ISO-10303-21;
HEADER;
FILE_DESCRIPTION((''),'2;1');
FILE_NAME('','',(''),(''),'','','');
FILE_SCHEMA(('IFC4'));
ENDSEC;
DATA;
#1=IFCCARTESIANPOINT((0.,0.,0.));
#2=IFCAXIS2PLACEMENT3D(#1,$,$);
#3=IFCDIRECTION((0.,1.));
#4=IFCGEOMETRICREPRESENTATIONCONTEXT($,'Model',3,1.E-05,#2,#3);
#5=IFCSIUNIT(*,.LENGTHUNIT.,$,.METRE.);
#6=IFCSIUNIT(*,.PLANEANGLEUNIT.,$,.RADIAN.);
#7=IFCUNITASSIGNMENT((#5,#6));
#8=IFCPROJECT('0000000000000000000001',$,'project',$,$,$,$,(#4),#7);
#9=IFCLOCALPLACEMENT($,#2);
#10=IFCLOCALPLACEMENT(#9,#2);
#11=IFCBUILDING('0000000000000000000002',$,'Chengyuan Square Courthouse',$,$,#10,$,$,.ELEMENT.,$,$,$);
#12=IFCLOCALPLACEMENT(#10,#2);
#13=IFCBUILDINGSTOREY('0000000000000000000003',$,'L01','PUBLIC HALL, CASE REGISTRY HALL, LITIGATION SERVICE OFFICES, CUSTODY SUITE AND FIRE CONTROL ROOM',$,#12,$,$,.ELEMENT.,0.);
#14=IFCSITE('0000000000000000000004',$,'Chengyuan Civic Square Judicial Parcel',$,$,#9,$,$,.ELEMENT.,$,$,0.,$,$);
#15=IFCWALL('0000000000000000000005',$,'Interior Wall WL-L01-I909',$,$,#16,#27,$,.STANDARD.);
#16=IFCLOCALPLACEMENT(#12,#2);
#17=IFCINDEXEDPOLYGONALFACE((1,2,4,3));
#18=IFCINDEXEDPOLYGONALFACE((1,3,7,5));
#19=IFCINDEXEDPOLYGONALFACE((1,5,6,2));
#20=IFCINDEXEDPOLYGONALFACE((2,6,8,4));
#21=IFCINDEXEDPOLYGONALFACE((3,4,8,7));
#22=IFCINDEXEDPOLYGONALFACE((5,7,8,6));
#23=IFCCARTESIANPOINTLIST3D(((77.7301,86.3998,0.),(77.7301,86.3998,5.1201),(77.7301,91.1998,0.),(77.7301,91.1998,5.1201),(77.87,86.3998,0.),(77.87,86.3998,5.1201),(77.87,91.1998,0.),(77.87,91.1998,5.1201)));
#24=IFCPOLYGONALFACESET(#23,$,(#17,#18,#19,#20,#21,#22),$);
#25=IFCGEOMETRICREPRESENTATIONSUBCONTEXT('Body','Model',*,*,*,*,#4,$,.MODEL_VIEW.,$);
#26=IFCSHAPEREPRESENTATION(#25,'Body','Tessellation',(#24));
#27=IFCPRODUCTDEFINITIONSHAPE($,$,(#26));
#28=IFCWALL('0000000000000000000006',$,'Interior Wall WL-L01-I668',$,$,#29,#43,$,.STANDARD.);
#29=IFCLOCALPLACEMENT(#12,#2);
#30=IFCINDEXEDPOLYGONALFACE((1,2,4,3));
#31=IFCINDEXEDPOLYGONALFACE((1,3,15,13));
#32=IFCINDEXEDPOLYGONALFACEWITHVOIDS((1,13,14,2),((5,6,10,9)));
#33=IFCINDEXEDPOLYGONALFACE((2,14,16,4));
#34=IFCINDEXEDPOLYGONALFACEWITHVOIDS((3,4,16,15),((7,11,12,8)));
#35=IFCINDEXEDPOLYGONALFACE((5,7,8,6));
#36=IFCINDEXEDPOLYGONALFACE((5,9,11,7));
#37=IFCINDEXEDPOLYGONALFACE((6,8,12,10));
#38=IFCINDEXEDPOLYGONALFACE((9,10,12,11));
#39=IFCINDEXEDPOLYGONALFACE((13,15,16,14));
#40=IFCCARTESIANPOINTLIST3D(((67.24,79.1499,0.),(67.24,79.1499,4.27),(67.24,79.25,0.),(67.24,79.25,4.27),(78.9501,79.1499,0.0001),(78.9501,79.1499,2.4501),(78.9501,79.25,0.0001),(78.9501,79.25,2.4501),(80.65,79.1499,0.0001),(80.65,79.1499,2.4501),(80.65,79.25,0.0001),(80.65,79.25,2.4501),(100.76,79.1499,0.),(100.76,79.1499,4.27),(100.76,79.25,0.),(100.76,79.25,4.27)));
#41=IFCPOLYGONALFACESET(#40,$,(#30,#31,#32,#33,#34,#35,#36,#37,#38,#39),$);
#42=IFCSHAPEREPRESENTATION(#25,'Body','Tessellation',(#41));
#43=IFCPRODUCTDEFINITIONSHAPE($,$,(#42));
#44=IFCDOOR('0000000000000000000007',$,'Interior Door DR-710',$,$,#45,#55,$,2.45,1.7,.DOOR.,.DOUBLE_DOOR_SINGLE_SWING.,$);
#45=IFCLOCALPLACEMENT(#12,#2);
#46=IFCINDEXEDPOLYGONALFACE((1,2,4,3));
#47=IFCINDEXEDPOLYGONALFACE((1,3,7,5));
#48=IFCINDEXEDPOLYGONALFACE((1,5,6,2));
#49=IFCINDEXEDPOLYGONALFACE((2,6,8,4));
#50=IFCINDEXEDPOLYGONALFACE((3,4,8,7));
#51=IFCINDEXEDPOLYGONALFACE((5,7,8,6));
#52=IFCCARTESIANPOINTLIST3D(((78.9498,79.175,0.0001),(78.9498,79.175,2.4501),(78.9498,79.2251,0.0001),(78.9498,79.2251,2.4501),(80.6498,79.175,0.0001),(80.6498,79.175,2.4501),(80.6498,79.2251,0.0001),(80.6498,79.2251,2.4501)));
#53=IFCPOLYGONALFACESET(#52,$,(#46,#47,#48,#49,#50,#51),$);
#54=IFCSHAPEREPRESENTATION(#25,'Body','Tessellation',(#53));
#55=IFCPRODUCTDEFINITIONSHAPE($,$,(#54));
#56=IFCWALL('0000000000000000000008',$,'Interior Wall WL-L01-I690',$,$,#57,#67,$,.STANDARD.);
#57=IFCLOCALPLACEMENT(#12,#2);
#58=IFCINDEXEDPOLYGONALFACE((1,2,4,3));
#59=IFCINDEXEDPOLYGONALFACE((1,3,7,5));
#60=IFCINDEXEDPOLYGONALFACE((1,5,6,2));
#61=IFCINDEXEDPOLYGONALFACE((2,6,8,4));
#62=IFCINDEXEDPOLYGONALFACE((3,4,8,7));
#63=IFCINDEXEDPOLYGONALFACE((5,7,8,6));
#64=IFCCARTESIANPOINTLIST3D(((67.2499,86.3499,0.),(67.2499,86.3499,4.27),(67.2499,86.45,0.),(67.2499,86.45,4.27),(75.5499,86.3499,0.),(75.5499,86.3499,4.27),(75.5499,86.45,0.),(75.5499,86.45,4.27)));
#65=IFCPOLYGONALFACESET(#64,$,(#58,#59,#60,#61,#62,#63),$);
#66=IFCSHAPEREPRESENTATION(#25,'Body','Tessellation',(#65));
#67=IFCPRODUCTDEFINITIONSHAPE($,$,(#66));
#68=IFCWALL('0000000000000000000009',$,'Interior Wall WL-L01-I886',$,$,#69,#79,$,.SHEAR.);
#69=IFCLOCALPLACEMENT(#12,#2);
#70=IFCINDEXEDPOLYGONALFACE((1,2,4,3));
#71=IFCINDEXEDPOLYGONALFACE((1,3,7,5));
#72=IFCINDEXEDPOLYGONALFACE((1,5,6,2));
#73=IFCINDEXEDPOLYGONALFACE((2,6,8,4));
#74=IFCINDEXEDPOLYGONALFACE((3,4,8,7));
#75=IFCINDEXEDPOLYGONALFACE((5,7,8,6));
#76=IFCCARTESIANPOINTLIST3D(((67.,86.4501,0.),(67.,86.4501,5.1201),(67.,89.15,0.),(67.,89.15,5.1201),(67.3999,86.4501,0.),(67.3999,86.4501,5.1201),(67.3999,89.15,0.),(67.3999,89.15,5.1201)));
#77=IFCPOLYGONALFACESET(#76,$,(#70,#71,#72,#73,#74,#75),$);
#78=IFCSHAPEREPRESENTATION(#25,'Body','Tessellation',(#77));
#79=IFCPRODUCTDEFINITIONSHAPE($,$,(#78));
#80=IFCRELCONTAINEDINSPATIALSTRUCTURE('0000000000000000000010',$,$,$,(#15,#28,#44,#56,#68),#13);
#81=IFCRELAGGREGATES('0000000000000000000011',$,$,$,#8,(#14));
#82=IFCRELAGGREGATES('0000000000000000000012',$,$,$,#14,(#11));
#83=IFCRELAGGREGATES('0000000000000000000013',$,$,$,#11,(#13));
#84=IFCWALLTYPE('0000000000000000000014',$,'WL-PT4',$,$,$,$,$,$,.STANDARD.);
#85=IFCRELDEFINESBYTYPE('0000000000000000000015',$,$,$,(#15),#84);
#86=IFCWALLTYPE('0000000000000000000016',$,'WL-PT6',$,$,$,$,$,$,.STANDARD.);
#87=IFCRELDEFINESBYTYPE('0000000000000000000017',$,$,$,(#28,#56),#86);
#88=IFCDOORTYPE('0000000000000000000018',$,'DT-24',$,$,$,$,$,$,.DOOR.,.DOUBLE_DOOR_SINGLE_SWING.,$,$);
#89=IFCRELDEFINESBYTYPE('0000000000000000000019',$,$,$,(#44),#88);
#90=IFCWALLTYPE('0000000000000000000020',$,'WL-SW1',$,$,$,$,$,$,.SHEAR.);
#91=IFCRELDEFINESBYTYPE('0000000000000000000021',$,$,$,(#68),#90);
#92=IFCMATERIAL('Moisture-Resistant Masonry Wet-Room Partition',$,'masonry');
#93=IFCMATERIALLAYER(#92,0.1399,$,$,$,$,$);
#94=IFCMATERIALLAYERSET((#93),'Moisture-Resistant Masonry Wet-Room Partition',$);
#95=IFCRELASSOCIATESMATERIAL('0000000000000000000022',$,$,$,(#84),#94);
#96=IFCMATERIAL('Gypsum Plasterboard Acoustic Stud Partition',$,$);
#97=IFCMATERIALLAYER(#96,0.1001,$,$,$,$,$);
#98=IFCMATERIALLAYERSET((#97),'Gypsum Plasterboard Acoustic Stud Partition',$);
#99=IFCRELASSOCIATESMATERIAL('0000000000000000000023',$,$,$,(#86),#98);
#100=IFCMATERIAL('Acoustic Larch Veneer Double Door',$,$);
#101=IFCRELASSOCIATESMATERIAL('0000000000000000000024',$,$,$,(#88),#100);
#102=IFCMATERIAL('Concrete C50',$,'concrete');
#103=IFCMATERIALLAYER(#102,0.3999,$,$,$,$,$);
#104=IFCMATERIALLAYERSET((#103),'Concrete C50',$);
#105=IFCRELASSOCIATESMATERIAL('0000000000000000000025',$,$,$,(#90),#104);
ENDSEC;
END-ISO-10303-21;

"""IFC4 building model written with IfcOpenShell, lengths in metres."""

from ifc_helpers import new_model, si_unit, direction, frame, frame_2d, origin, place, context, subcontext, project, spatial, rectangle, extrude, material, layer, layer_set, type_object, element, fill, save


model = new_model("IFC4")

# Units and contexts
model_context = context("Model", 3, precision=1e-05, world=origin(), true_north=direction((0.0, 1.0)))
body_context = subcontext(model_context, "Body", "Model", "MODEL_VIEW")
ifc_project = project(units=[si_unit("LENGTHUNIT", "METRE"), si_unit("PLANEANGLEUNIT", "RADIAN")], contexts=[model_context])

# Site, building, storey
site_placement = place(None, origin())
site = spatial("IfcSite", under=ifc_project, at=site_placement, Name="Chengyuan Civic Square Judicial Parcel", CompositionType="ELEMENT", RefElevation=0.0)
building_placement = place(site_placement, origin())
building = spatial("IfcBuilding", under=site, at=building_placement, Name="Chengyuan Square Courthouse", CompositionType="ELEMENT")
storey_placement = place(building_placement, origin())
storey = spatial("IfcBuildingStorey", under=building, at=storey_placement, Name="L01", Description="PUBLIC HALL, CASE REGISTRY HALL, LITIGATION SERVICE OFFICES, CUSTODY SUITE AND FIRE CONTROL ROOM", CompositionType="ELEMENT", Elevation=0.0)

# Shared definitions
ifc_material_1 = material(Name="Concrete C50", Category="concrete")

# Wall
ifc_material_2 = material(Name="Moisture-Resistant Masonry Wet-Room Partition", Category="masonry")
ifc_layer_1 = layer(ifc_material_2, 0.1399)
ifc_layer_set_1 = layer_set([ifc_layer_1], Name="Moisture-Resistant Masonry Wet-Room Partition")
wall_type_1 = type_object("IfcWallType", Name="WL-PT4", PredefinedType="STANDARD", material=ifc_layer_set_1)
wall_1_placement = place(storey_placement, frame((77.8, 86.3999, 0.0), z_axis=(0.0, 0.0, 1.0), x_axis=(0.0, 1.0, 0.0)))
element("IfcWall", 1, at=wall_1_placement, inside=storey, type_object=wall_type_1, Name="Interior Wall WL-L01-I909", PredefinedType="STANDARD", context=body_context, shape_type="SweptSolid", body=[
    extrude(rectangle(XDim=4.8, YDim=0.1399, at=frame_2d((2.3999, 0.0))), origin(), (0.0, 0.0, 1.0), 5.1201),
])

# Wall, opening, door
ifc_material_3 = material(Name="Gypsum Plasterboard Acoustic Stud Partition")
ifc_layer_2 = layer(ifc_material_3, 0.1001)
ifc_layer_set_2 = layer_set([ifc_layer_2], Name="Gypsum Plasterboard Acoustic Stud Partition")
wall_type_2 = type_object("IfcWallType", Name="WL-PT6", PredefinedType="STANDARD", material=ifc_layer_set_2)
wall_2_placement = place(storey_placement, frame((67.24, 79.2, 0.0), z_axis=(0.0, 0.0, 1.0), x_axis=(1.0, 0.0, 0.0)))
wall_2 = element("IfcWall", 2, at=wall_2_placement, inside=storey, type_object=wall_type_2, Name="Interior Wall WL-L01-I668", PredefinedType="STANDARD", context=body_context, shape_type="SweptSolid", body=[
    extrude(rectangle(XDim=33.52, YDim=0.1001, at=frame_2d((16.76, 0.0))), origin(), (0.0, 0.0, 1.0), 4.27),
])
opening_placement = place(wall_2_placement, frame((11.71, 0.0, 0.0)))
opening = element("IfcOpeningElement", 3, at=opening_placement, cuts=wall_2, PredefinedType="OPENING", context=body_context, shape_type="SweptSolid", body=[
    extrude(rectangle(XDim=1.7, YDim=2.45, at=frame_2d((0.8501, 1.2251))), frame((0.0, 0.062, 0.0), z_axis=(0.0, -1.0, 0.0), x_axis=(1.0, 0.0, 0.0)), (0.0, 0.0, 1.0), 0.124),
])
ifc_material_4 = material(Name="Acoustic Larch Veneer Double Door")
door_type = type_object("IfcDoorType", Name="DT-24", OperationType="DOUBLE_DOOR_SINGLE_SWING", PredefinedType="DOOR", material=ifc_material_4)
door_placement = place(opening_placement, frame((1.7, 0.0, 0.0), z_axis=(0.0, 0.0, 1.0), x_axis=(-1.0, 0.0, 0.0)))
door = element("IfcDoor", 4, at=door_placement, inside=storey, type_object=door_type, Name="Interior Door DR-710", OperationType="DOUBLE_DOOR_SINGLE_SWING", OverallHeight=2.45, OverallWidth=1.7, PredefinedType="DOOR", context=body_context, shape_type="SweptSolid", body=[
    extrude(rectangle(XDim=1.7, YDim=2.45, at=frame_2d((0.8501, 1.2251))), frame((0.0, 0.0249, 0.0), z_axis=(0.0, -1.0, 0.0), x_axis=(1.0, 0.0, 0.0)), (0.0, 0.0, 1.0), 0.05),
])
fill(opening, door)

# Walls
wall_3_placement = place(storey_placement, frame((67.25, 86.3999, 0.0), z_axis=(0.0, 0.0, 1.0), x_axis=(1.0, 0.0, 0.0)))
element("IfcWall", 5, at=wall_3_placement, inside=storey, type_object=wall_type_2, Name="Interior Wall WL-L01-I690", PredefinedType="STANDARD", context=body_context, shape_type="SweptSolid", body=[
    extrude(rectangle(XDim=8.3, YDim=0.1001, at=frame_2d((4.1499, 0.0))), origin(), (0.0, 0.0, 1.0), 4.27),
])
ifc_layer_3 = layer(ifc_material_1, 0.3999)
ifc_layer_set_3 = layer_set([ifc_layer_3], Name="Concrete C50")
wall_type_3 = type_object("IfcWallType", Name="WL-SW1", PredefinedType="SHEAR", material=ifc_layer_set_3)
wall_4_placement = place(storey_placement, frame((67.2, 86.45, 0.0), z_axis=(0.0, 0.0, 1.0), x_axis=(0.0, 1.0, 0.0)))
element("IfcWall", 6, at=wall_4_placement, inside=storey, type_object=wall_type_3, Name="Interior Wall WL-L01-I886", PredefinedType="SHEAR", context=body_context, shape_type="SweptSolid", body=[
    extrude(rectangle(XDim=2.7, YDim=0.3999, at=frame_2d((1.3501, 0.0))), origin(), (0.0, 0.0, 1.0), 5.1201),
])

save(model, "model.ifc")
